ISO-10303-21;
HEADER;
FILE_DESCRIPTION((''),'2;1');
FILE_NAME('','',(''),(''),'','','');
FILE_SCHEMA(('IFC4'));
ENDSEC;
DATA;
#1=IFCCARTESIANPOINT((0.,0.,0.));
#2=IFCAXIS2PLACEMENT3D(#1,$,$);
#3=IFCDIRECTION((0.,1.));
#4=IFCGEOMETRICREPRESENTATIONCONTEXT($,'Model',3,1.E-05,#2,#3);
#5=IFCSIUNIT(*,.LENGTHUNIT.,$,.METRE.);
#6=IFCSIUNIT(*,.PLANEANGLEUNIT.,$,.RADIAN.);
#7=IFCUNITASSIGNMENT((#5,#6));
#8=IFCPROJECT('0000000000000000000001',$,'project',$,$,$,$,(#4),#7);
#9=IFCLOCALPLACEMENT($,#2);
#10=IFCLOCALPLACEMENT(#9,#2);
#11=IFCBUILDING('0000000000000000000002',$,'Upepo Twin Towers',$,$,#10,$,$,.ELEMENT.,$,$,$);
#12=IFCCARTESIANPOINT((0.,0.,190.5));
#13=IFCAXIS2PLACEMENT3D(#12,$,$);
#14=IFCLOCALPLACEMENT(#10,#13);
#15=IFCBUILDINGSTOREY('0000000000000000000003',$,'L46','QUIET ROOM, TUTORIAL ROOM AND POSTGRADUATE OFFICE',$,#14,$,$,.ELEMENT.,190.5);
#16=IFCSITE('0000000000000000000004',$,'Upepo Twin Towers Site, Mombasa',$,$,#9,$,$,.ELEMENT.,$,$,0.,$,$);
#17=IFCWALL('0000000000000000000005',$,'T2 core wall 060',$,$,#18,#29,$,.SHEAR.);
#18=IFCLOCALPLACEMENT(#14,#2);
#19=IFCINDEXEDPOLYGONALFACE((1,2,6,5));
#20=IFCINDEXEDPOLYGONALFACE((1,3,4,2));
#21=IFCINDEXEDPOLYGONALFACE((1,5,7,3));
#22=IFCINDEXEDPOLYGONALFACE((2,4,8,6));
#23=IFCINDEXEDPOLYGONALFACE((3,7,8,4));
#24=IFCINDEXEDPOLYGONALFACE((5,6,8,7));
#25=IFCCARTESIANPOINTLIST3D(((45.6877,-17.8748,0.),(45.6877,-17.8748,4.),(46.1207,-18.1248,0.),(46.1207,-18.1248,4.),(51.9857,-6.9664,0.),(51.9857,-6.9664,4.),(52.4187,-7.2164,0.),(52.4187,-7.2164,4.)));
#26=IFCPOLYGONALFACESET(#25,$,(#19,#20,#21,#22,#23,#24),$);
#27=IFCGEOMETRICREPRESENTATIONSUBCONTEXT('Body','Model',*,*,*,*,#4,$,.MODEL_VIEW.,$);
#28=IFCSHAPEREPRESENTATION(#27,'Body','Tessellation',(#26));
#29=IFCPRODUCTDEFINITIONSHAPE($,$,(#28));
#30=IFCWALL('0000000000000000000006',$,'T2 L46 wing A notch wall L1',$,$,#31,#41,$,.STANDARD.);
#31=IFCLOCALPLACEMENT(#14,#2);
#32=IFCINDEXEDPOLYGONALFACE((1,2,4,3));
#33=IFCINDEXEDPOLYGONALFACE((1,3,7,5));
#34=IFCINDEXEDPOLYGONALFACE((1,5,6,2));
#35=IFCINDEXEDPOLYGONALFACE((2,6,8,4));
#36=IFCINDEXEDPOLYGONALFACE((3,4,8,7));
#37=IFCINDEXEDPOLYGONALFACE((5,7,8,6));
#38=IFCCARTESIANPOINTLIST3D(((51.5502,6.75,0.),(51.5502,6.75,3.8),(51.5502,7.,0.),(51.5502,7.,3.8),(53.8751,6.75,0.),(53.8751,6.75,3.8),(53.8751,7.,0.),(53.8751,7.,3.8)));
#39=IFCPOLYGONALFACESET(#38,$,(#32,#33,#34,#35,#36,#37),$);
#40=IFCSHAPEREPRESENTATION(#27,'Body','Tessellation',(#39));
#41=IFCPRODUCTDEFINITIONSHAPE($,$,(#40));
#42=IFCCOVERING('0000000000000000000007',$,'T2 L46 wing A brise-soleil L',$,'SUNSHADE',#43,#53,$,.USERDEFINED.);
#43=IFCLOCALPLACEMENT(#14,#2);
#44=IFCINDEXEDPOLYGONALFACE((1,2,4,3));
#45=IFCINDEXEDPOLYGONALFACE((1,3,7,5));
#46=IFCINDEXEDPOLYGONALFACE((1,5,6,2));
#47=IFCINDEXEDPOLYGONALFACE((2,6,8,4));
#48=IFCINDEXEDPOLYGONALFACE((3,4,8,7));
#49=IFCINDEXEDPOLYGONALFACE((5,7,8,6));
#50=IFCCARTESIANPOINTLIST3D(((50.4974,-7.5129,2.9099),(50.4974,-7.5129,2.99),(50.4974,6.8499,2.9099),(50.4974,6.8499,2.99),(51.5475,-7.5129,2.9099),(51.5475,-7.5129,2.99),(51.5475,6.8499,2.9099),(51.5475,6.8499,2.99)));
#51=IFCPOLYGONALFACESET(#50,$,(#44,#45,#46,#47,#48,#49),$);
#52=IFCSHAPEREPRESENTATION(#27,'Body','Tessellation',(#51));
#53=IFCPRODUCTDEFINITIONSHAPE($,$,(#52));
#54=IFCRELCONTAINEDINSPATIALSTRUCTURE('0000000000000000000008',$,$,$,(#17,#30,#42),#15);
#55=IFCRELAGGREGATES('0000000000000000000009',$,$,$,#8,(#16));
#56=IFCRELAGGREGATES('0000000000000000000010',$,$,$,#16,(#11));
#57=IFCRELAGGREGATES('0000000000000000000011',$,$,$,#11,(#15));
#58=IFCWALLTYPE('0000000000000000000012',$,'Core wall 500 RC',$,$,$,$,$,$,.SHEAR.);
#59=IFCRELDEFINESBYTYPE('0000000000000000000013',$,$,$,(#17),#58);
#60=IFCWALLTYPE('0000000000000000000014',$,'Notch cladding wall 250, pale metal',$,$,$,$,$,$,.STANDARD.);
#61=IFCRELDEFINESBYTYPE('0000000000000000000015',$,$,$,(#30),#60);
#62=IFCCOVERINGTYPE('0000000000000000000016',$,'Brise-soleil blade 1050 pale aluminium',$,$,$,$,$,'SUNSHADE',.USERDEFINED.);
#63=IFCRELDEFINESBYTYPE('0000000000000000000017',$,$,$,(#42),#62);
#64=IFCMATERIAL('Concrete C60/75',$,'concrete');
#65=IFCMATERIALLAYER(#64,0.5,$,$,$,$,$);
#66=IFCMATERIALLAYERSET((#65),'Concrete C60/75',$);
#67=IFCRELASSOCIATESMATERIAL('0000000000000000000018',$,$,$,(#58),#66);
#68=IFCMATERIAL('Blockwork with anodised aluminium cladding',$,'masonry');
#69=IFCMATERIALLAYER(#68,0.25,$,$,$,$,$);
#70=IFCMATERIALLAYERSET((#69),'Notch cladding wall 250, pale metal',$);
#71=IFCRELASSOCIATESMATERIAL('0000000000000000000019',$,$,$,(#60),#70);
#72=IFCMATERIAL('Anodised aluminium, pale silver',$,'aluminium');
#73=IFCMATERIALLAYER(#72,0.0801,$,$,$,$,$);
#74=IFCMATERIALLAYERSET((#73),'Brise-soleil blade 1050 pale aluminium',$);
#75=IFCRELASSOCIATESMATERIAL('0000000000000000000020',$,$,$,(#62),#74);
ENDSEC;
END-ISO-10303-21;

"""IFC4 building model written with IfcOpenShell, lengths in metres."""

from ifc_helpers import new_model, si_unit, direction, frame, frame_2d, origin, origin_2d, place, context, subcontext, project, spatial, rectangle, extrude, material, layer, layer_set, type_object, element, save


model = new_model("IFC4")

# Units and contexts
model_context = context("Model", 3, precision=1e-05, world=origin(), true_north=direction((0.0, 1.0)))
body_context = subcontext(model_context, "Body", "Model", "MODEL_VIEW")
ifc_project = project(units=[si_unit("LENGTHUNIT", "METRE"), si_unit("PLANEANGLEUNIT", "RADIAN")], contexts=[model_context])

# Site, building, storey
site_placement = place(None, origin())
site = spatial("IfcSite", under=ifc_project, at=site_placement, Name="Upepo Twin Towers Site, Mombasa", CompositionType="ELEMENT", RefElevation=0.0)
building_placement = place(site_placement, origin())
building = spatial("IfcBuilding", under=site, at=building_placement, Name="Upepo Twin Towers", CompositionType="ELEMENT")
storey_placement = place(building_placement, frame((0.0, 0.0, 190.5)))
storey = spatial("IfcBuildingStorey", under=building, at=storey_placement, Name="L46", Description="QUIET ROOM, TUTORIAL ROOM AND POSTGRADUATE OFFICE", CompositionType="ELEMENT", Elevation=190.5)

# Walls
ifc_material_1 = material(Name="Concrete C60/75", Category="concrete")
ifc_layer_1 = layer(ifc_material_1, 0.5)
ifc_layer_set_1 = layer_set([ifc_layer_1], Name="Concrete C60/75")
wall_type_1 = type_object("IfcWallType", Name="Core wall 500 RC", PredefinedType="SHEAR", material=ifc_layer_set_1)
wall_1_placement = place(storey_placement, frame((52.2021, -7.0916, 0.0), z_axis=(0.0, 0.0, 1.0), x_axis=(-0.500006, -0.866022, 0.0)))
element("IfcWall", 1, at=wall_1_placement, inside=storey, type_object=wall_type_1, Name="T2 core wall 060", PredefinedType="SHEAR", context=body_context, shape_type="SweptSolid", body=[
    extrude(rectangle(XDim=12.5959, YDim=0.5, at=frame_2d((6.2979, 0.0))), origin(), (0.0, 0.0, 1.0), 4.0),
])
ifc_material_2 = material(Name="Blockwork with anodised aluminium cladding", Category="masonry")
ifc_layer_2 = layer(ifc_material_2, 0.25)
ifc_layer_set_2 = layer_set([ifc_layer_2], Name="Notch cladding wall 250, pale metal")
wall_type_2 = type_object("IfcWallType", Name="Notch cladding wall 250, pale metal", PredefinedType="STANDARD", material=ifc_layer_set_2)
wall_2_placement = place(storey_placement, frame((51.55, 6.875, 0.0), z_axis=(0.0, 0.0, 1.0), x_axis=(1.0, 0.0, 0.0)))
element("IfcWall", 2, at=wall_2_placement, inside=storey, type_object=wall_type_2, Name="T2 L46 wing A notch wall L1", PredefinedType="STANDARD", context=body_context, shape_type="SweptSolid", body=[
    extrude(rectangle(XDim=2.325, YDim=0.25, at=frame_2d((1.1626, 0.0))), origin(), (0.0, 0.0, 1.0), 3.8),
])

# Covering
ifc_material_3 = material(Name="Anodised aluminium, pale silver", Category="aluminium")
ifc_layer_3 = layer(ifc_material_3, 0.0801)
ifc_layer_set_3 = layer_set([ifc_layer_3], Name="Brise-soleil blade 1050 pale aluminium")
covering_type = type_object("IfcCoveringType", Name="Brise-soleil blade 1050 pale aluminium", ElementType="SUNSHADE", PredefinedType="USERDEFINED", material=ifc_layer_set_3)
covering_placement = place(storey_placement, frame((51.0225, -0.3315, 2.9099), z_axis=(0.0, 0.0, 1.0), x_axis=(0.0, 1.0, 0.0)))
element("IfcCovering", 3, at=covering_placement, inside=storey, type_object=covering_type, Name="T2 L46 wing A brise-soleil L", ObjectType="SUNSHADE", PredefinedType="USERDEFINED", context=body_context, shape_type="SweptSolid", body=[
    extrude(rectangle(XDim=14.3628, YDim=1.05, at=origin_2d()), origin(), (0.0, 0.0, 1.0), 0.0801),
])

save(model, "model.ifc")
